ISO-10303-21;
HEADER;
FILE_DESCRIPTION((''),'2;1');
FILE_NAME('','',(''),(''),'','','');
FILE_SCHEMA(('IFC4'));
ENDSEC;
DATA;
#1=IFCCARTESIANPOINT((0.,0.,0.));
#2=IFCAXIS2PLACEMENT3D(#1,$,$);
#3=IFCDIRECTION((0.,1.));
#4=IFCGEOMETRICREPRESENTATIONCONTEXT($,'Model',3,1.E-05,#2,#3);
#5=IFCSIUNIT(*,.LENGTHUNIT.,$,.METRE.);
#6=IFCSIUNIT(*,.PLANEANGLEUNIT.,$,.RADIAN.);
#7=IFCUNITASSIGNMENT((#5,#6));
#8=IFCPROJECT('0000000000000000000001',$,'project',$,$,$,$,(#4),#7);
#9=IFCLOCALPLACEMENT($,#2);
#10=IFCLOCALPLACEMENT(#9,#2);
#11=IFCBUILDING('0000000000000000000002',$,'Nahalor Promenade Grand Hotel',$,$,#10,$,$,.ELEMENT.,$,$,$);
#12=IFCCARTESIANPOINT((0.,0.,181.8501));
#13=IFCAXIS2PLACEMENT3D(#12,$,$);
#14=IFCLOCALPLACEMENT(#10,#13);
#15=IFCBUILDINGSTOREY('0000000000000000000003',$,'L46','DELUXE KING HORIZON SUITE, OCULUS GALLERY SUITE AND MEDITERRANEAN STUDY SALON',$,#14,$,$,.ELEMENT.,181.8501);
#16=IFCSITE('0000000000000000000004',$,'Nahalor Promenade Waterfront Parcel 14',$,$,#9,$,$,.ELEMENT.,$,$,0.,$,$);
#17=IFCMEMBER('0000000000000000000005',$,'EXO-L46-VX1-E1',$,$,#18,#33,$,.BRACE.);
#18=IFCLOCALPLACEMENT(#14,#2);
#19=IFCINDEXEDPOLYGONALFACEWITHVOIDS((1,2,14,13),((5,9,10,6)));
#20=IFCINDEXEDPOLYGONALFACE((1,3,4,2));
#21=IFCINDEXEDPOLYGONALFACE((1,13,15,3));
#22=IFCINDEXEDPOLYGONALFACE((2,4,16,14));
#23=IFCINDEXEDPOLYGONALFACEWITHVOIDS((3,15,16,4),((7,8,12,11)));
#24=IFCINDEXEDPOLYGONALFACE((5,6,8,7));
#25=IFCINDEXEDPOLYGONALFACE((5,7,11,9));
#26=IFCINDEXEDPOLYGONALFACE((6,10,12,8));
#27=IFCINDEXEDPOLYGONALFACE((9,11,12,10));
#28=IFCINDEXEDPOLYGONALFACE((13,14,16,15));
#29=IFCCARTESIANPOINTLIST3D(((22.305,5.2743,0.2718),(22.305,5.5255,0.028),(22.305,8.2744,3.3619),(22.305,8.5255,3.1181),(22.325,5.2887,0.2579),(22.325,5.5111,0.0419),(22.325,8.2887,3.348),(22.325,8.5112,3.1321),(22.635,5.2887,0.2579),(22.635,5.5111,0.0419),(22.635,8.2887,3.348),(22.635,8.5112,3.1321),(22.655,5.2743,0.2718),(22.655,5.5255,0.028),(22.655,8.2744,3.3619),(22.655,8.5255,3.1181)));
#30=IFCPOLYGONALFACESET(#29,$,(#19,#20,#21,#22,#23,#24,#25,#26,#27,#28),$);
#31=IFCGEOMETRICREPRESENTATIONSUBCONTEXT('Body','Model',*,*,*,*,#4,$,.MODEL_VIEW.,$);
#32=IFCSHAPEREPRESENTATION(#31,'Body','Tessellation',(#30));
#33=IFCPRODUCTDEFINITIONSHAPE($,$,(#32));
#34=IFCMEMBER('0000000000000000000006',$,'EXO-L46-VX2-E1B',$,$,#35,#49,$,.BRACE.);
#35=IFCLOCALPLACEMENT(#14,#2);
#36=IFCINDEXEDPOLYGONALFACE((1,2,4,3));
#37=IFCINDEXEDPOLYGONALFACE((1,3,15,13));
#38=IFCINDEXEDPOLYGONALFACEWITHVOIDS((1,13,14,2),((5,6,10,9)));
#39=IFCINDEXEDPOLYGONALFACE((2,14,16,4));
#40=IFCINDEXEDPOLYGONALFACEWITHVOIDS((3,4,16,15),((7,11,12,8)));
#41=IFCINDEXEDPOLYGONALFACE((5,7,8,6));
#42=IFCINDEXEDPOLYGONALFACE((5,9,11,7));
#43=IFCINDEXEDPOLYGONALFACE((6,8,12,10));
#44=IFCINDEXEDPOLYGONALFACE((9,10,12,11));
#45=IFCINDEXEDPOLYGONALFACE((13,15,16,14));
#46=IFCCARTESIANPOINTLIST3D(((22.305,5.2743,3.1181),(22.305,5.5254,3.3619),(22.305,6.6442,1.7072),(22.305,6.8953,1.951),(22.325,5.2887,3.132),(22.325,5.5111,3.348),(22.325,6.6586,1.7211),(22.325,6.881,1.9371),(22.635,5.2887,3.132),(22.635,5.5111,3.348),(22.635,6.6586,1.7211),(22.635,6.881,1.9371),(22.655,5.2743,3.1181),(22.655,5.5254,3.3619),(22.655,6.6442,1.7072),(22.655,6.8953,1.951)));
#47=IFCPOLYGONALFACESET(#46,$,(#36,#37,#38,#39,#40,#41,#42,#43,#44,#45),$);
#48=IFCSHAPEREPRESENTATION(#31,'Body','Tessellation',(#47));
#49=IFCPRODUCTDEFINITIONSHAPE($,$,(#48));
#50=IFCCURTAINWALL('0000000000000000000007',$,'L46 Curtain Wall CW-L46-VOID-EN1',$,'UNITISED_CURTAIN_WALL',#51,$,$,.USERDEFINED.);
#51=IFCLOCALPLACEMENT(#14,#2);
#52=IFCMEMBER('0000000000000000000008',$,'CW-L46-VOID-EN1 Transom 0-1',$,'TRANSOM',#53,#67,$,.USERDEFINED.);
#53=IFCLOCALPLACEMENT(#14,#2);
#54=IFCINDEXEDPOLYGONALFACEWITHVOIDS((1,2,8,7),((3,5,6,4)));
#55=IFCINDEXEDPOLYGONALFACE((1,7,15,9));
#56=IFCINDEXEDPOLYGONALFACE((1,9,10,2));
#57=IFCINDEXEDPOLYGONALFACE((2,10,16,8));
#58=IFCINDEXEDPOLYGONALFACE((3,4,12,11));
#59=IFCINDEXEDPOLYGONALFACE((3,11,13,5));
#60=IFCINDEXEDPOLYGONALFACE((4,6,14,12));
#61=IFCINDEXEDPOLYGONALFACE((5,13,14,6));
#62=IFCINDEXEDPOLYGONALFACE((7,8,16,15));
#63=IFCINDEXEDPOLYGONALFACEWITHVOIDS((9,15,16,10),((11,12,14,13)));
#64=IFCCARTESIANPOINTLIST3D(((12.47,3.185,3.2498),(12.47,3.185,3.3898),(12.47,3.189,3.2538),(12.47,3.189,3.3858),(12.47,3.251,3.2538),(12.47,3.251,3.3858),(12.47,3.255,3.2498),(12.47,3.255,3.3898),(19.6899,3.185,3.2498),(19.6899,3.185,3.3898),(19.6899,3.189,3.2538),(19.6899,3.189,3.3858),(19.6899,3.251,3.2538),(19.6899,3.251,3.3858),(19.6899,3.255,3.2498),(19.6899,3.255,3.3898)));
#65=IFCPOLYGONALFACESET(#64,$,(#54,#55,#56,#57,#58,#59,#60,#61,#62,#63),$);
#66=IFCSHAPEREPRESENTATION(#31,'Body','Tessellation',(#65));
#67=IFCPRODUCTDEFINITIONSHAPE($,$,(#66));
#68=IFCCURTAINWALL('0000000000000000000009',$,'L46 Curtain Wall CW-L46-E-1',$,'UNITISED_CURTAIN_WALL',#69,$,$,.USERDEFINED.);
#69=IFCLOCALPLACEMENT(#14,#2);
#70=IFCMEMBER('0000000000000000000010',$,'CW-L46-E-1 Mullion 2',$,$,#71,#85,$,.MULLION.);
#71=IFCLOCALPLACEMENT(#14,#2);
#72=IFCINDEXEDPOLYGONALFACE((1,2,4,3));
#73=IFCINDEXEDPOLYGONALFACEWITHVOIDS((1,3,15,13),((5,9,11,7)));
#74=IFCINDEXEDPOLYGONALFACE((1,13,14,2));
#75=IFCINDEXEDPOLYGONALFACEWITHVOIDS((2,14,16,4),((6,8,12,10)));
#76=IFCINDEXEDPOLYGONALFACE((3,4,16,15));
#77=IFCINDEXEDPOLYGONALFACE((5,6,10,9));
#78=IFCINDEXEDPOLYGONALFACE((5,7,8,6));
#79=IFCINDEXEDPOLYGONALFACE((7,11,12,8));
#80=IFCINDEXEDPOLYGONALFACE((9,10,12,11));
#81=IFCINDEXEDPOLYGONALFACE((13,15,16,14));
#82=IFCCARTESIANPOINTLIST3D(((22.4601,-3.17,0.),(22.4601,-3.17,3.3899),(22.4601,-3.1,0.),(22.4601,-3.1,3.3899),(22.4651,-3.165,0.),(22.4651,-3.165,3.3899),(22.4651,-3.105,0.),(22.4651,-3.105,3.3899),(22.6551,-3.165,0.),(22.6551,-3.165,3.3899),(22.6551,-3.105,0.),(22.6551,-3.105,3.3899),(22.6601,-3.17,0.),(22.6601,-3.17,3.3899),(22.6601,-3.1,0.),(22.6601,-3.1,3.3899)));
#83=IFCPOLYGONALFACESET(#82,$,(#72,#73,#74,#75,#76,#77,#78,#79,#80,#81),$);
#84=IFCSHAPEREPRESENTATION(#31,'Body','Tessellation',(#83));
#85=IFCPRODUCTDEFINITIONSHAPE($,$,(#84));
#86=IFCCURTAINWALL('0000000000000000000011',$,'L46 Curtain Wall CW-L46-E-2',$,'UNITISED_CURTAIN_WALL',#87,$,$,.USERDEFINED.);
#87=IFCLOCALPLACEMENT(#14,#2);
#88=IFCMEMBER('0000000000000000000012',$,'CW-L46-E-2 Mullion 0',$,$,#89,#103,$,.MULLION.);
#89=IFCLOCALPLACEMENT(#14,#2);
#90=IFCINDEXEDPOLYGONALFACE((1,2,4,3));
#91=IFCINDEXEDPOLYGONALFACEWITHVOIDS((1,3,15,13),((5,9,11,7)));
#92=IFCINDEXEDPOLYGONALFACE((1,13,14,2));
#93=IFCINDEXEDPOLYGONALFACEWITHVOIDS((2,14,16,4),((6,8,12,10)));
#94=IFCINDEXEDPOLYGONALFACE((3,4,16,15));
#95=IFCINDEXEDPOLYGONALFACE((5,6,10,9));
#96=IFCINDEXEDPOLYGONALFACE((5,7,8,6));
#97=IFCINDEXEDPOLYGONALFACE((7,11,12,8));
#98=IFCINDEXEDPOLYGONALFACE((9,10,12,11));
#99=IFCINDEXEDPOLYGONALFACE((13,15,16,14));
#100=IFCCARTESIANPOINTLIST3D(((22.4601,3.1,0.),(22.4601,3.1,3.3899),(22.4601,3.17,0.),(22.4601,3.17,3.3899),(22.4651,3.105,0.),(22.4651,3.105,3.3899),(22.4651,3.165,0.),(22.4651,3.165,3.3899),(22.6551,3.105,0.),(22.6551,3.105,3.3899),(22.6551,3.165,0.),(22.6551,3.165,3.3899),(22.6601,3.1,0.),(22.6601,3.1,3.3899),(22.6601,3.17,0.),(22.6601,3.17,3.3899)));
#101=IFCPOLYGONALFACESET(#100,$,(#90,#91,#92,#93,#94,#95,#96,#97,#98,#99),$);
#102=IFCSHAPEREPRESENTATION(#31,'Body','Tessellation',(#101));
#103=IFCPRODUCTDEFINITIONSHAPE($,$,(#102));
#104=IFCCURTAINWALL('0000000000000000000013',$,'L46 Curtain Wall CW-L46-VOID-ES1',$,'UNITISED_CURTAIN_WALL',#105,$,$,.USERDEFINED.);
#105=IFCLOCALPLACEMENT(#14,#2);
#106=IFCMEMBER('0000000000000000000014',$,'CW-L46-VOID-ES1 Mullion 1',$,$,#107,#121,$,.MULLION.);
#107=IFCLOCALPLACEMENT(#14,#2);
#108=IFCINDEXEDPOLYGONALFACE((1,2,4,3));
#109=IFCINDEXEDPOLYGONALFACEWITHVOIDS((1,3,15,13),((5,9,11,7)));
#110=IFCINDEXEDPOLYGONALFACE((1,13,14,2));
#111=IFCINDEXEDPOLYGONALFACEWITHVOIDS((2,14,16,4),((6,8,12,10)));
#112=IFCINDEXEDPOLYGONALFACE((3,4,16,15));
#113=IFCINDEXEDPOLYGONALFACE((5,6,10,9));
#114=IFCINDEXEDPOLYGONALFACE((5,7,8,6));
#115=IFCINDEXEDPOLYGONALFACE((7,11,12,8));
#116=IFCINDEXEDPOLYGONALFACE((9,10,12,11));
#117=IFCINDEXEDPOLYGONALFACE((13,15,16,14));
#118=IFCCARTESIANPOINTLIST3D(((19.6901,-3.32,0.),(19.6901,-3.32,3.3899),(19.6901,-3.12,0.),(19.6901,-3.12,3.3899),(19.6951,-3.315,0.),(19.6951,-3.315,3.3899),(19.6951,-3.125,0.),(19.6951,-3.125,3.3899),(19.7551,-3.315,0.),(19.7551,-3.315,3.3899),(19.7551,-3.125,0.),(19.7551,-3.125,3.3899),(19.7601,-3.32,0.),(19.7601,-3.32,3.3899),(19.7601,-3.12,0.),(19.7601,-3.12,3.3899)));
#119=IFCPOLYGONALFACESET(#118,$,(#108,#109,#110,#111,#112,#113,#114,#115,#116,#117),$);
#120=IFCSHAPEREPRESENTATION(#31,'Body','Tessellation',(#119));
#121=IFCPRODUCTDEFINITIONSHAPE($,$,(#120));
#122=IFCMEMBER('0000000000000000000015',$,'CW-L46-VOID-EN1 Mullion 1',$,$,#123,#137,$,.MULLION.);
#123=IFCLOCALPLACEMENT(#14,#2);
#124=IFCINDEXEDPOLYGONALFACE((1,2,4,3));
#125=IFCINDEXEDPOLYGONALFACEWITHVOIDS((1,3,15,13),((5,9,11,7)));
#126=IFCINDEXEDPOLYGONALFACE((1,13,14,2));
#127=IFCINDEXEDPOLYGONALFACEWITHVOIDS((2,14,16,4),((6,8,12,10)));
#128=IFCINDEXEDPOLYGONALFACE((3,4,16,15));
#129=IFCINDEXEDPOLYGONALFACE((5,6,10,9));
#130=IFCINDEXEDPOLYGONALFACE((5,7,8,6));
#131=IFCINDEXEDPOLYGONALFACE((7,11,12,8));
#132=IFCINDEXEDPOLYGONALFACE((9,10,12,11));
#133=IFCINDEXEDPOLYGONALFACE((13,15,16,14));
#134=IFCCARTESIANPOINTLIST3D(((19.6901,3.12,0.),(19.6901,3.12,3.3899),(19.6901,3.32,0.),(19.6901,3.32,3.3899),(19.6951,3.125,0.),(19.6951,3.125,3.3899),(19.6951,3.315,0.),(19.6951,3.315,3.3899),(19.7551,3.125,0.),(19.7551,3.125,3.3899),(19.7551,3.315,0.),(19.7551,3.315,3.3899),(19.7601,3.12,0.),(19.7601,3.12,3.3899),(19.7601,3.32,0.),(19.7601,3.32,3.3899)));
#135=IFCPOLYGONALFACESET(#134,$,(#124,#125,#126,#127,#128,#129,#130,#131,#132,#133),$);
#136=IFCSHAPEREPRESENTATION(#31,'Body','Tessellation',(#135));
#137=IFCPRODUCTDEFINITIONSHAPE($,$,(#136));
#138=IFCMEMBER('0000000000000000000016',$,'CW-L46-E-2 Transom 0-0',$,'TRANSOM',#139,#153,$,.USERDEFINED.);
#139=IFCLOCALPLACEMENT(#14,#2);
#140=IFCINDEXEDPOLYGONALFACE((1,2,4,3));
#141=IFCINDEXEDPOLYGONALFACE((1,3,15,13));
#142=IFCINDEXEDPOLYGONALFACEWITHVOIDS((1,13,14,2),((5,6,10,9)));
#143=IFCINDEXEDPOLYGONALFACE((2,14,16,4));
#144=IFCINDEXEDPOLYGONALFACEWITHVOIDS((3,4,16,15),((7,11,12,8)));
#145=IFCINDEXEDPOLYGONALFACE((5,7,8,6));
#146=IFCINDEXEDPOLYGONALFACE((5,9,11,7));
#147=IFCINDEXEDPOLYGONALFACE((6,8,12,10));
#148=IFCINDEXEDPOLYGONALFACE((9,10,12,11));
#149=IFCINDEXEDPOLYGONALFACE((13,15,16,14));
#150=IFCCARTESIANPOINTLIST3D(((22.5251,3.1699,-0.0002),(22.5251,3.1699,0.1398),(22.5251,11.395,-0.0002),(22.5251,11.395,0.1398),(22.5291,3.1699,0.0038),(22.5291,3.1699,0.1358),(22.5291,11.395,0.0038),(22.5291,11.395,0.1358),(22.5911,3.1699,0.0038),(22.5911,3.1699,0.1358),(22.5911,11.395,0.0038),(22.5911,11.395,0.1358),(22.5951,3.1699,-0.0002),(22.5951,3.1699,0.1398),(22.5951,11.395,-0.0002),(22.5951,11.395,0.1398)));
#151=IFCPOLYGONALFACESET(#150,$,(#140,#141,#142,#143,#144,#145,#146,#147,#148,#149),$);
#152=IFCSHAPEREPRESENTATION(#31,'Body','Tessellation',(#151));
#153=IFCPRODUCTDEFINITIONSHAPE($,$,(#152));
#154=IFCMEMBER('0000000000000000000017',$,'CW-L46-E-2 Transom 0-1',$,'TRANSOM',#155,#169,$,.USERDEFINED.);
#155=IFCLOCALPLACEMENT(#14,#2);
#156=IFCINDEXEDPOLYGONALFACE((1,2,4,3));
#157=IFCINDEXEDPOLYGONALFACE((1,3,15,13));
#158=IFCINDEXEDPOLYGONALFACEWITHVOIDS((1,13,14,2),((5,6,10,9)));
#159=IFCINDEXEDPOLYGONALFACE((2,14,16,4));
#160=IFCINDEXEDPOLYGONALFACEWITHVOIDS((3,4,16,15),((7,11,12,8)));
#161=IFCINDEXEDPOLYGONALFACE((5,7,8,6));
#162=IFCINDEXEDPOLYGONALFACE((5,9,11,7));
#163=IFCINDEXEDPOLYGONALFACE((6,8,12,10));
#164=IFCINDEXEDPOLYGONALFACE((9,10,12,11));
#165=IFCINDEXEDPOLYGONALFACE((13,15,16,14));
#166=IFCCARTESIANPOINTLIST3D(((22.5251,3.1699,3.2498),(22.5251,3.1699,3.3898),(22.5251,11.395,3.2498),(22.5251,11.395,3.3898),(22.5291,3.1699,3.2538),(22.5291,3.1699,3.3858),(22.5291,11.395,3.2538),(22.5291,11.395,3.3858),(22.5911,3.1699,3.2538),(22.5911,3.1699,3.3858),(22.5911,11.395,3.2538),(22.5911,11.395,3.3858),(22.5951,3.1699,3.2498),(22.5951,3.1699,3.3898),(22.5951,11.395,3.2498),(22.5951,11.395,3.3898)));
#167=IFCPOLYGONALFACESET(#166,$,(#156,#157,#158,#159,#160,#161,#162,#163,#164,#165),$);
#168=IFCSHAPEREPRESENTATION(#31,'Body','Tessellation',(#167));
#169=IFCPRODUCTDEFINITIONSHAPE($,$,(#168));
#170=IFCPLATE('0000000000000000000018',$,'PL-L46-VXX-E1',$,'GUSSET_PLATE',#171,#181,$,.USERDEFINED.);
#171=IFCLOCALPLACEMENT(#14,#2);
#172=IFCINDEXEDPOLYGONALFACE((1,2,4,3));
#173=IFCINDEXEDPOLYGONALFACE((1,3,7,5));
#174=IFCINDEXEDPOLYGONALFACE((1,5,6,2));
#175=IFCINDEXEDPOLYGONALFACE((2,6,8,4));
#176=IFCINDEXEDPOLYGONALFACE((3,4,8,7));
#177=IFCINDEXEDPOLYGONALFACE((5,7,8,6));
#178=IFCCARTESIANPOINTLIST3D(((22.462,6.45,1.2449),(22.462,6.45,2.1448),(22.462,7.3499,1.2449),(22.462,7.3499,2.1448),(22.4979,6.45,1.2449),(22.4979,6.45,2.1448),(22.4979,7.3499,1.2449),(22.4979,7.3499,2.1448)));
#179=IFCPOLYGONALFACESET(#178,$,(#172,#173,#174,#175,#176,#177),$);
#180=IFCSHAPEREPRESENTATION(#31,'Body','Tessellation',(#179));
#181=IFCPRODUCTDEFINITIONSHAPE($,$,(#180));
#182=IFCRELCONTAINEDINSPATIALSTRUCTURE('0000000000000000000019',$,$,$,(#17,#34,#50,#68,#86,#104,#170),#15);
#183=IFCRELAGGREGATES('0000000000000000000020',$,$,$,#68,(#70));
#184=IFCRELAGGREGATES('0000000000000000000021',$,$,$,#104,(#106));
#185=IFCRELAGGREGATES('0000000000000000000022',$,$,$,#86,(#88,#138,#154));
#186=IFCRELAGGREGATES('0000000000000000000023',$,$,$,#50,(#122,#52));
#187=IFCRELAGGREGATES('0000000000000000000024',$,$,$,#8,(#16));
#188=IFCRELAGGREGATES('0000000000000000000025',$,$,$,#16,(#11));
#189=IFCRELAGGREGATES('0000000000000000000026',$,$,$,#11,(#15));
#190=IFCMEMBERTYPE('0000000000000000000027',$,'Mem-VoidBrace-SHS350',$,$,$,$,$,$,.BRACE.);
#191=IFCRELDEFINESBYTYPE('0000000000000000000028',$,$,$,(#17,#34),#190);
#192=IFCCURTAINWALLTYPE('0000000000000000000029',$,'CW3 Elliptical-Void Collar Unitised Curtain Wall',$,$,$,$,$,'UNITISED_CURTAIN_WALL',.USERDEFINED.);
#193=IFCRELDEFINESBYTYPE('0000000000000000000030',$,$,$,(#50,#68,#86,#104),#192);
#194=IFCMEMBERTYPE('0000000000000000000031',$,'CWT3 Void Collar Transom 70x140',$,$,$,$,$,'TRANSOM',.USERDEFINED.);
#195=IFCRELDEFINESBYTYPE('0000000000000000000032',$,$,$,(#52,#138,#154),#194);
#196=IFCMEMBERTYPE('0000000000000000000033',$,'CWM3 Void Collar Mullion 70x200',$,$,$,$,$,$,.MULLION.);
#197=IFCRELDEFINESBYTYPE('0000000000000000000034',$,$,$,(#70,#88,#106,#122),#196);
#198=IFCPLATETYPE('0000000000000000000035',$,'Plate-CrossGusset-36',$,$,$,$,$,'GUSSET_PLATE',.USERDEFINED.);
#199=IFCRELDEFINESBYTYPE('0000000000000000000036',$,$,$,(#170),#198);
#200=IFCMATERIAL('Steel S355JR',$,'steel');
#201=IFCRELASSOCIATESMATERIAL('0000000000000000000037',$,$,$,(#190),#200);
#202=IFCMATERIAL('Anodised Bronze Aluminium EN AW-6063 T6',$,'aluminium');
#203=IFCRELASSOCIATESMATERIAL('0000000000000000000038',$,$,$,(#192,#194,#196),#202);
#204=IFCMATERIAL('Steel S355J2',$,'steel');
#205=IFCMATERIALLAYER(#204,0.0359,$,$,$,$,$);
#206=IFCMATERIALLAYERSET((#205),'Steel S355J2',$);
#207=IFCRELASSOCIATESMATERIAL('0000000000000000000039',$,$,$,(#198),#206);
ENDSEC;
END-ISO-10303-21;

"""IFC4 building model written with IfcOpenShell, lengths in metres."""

from ifc_helpers import new_model, si_unit, direction, frame, origin, origin_2d, place, context, subcontext, project, spatial, rectangle, hollow_rectangle, extrude, source, transform, mapped, material, layer, layer_set, material_profile, profile_set, type_object, element, aggregate, save


model = new_model("IFC4")

# Units and contexts
model_context = context("Model", 3, precision=1e-05, world=origin(), true_north=direction((0.0, 1.0)))
body_context = subcontext(model_context, "Body", "Model", "MODEL_VIEW")
ifc_project = project(units=[si_unit("LENGTHUNIT", "METRE"), si_unit("PLANEANGLEUNIT", "RADIAN")], contexts=[model_context])

# Site, building, storey
site_placement = place(None, origin())
site = spatial("IfcSite", under=ifc_project, at=site_placement, Name="Nahalor Promenade Waterfront Parcel 14", CompositionType="ELEMENT", RefElevation=0.0)
building_placement = place(site_placement, origin())
building = spatial("IfcBuilding", under=site, at=building_placement, Name="Nahalor Promenade Grand Hotel", CompositionType="ELEMENT")
storey_placement = place(building_placement, frame((0.0, 0.0, 181.8501)))
storey = spatial("IfcBuildingStorey", under=building, at=storey_placement, Name="L46", Description="DELUXE KING HORIZON SUITE, OCULUS GALLERY SUITE AND MEDITERRANEAN STUDY SALON", CompositionType="ELEMENT", Elevation=181.8501)

# Shared definitions
ifc_material_1 = material(Name="Steel S355J2", Category="steel")

# Shared definitions
ifc_material_2 = material(Name="Steel S355JR", Category="steel")

# Members
ifc_material_profile_1 = material_profile(ifc_material_2, hollow_rectangle(XDim=0.35, YDim=0.35, WallThickness=0.02, at=origin_2d()), Name="SHS 350x350x20")
ifc_profile_set_1 = profile_set([ifc_material_profile_1], Name="Steel S355JR")
member_type_1 = type_object("IfcMemberType", Name="Mem-VoidBrace-SHS350", PredefinedType="BRACE", material=ifc_profile_set_1)
shared_shape_1 = source(origin(), body_context, "Body", "SweptSolid", [
    extrude(hollow_rectangle(XDim=0.35, YDim=0.35, WallThickness=0.02, at=origin_2d()), origin(), (0.0, 0.0, 1.0), 4.3069),
])
member_1_placement = place(storey_placement, frame((22.48, 5.3999, 0.1499), z_axis=(0.0, 0.696571, 0.717488), x_axis=(-1.0, 0.0, 0.0)))
element("IfcMember", 1, at=member_1_placement, inside=storey, type_object=member_type_1, Name="EXO-L46-VX1-E1", PredefinedType="BRACE", context=body_context, shape_type="MappedRepresentation", body=[
    mapped(shared_shape_1, transform((0.0, 0.0, 0.0), scale=1.0)),
])
shared_shape_2 = source(origin(), body_context, "Body", "SweptSolid", [
    extrude(hollow_rectangle(XDim=0.35, YDim=0.35, WallThickness=0.02, at=origin_2d()), origin(), (0.0, 0.0, 1.0), 1.9666),
])
member_2_placement = place(storey_placement, frame((22.48, 6.7698, 1.8291), z_axis=(0.0, -0.696601, 0.717458), x_axis=(1.0, 0.0, 0.0)))
element("IfcMember", 2, at=member_2_placement, inside=storey, type_object=member_type_1, Name="EXO-L46-VX2-E1B", PredefinedType="BRACE", context=body_context, shape_type="MappedRepresentation", body=[
    mapped(shared_shape_2, transform((0.0, 0.0, 0.0), scale=1.0)),
])

# Curtain walls, members
ifc_material_3 = material(Name="Anodised Bronze Aluminium EN AW-6063 T6", Category="aluminium")
curtain_wall_type = type_object("IfcCurtainWallType", Name="CW3 Elliptical-Void Collar Unitised Curtain Wall", ElementType="UNITISED_CURTAIN_WALL", PredefinedType="USERDEFINED", material=ifc_material_3)
curtain_wall_1_placement = place(storey_placement, origin())
curtain_wall_1 = element("IfcCurtainWall", 3, at=curtain_wall_1_placement, inside=storey, type_object=curtain_wall_type, Name="L46 Curtain Wall CW-L46-VOID-EN1", ObjectType="UNITISED_CURTAIN_WALL", PredefinedType="USERDEFINED")
ifc_material_profile_2 = material_profile(ifc_material_3, hollow_rectangle(XDim=0.07, YDim=0.14, WallThickness=0.004, at=origin_2d()), Name="CWT 70x140x4")
ifc_profile_set_2 = profile_set([ifc_material_profile_2], Name="Anodised Bronze Aluminium EN AW-6063 T6")
member_type_2 = type_object("IfcMemberType", Name="CWT3 Void Collar Transom 70x140", ElementType="TRANSOM", PredefinedType="USERDEFINED", material=ifc_profile_set_2)
shared_shape_3 = source(origin(), body_context, "Body", "SweptSolid", [
    extrude(hollow_rectangle(XDim=0.07, YDim=0.14, WallThickness=0.004, at=origin_2d()), origin(), (0.0, 0.0, 1.0), 7.22),
])
member_3_placement = place(storey_placement, frame((12.47, 3.22, 3.3198), z_axis=(1.0, 0.0, 0.0), x_axis=(0.0, 1.0, 0.0)))
member_3 = element("IfcMember", 4, at=member_3_placement, type_object=member_type_2, Name="CW-L46-VOID-EN1 Transom 0-1", ObjectType="TRANSOM", PredefinedType="USERDEFINED", context=body_context, shape_type="MappedRepresentation", body=[
    mapped(shared_shape_3, transform((0.0, 0.0, 0.0), scale=1.0)),
])
curtain_wall_2_placement = place(storey_placement, origin())
curtain_wall_2 = element("IfcCurtainWall", 5, at=curtain_wall_2_placement, inside=storey, type_object=curtain_wall_type, Name="L46 Curtain Wall CW-L46-E-1", ObjectType="UNITISED_CURTAIN_WALL", PredefinedType="USERDEFINED")
ifc_material_profile_3 = material_profile(ifc_material_3, hollow_rectangle(XDim=0.07, YDim=0.2, WallThickness=0.005, at=origin_2d()), Name="CWM 70x200x5")
ifc_profile_set_3 = profile_set([ifc_material_profile_3], Name="Anodised Bronze Aluminium EN AW-6063 T6")
member_type_3 = type_object("IfcMemberType", Name="CWM3 Void Collar Mullion 70x200", PredefinedType="MULLION", material=ifc_profile_set_3)
shared_shape_4 = source(origin(), body_context, "Body", "SweptSolid", [
    extrude(hollow_rectangle(XDim=0.07, YDim=0.2, WallThickness=0.005, at=origin_2d()), origin(), (0.0, 0.0, 1.0), 3.3899),
])
member_4_placement = place(storey_placement, frame((22.5601, -3.135, 0.0), z_axis=(0.0, 0.0, 1.0), x_axis=(0.0, 1.0, 0.0)))
member_4 = element("IfcMember", 6, at=member_4_placement, type_object=member_type_3, Name="CW-L46-E-1 Mullion 2", PredefinedType="MULLION", context=body_context, shape_type="MappedRepresentation", body=[
    mapped(shared_shape_4, transform((0.0, 0.0, 0.0), scale=1.0)),
])
aggregate(curtain_wall_2, [member_4])
curtain_wall_3_placement = place(storey_placement, origin())
curtain_wall_3 = element("IfcCurtainWall", 7, at=curtain_wall_3_placement, inside=storey, type_object=curtain_wall_type, Name="L46 Curtain Wall CW-L46-E-2", ObjectType="UNITISED_CURTAIN_WALL", PredefinedType="USERDEFINED")
member_5_placement = place(storey_placement, frame((22.5601, 3.135, 0.0), z_axis=(0.0, 0.0, 1.0), x_axis=(0.0, 1.0, 0.0)))
member_5 = element("IfcMember", 8, at=member_5_placement, type_object=member_type_3, Name="CW-L46-E-2 Mullion 0", PredefinedType="MULLION", context=body_context, shape_type="MappedRepresentation", body=[
    mapped(shared_shape_4, transform((0.0, 0.0, 0.0), scale=1.0)),
])
curtain_wall_4_placement = place(storey_placement, origin())
curtain_wall_4 = element("IfcCurtainWall", 9, at=curtain_wall_4_placement, inside=storey, type_object=curtain_wall_type, Name="L46 Curtain Wall CW-L46-VOID-ES1", ObjectType="UNITISED_CURTAIN_WALL", PredefinedType="USERDEFINED")
member_6_placement = place(storey_placement, frame((19.7251, -3.22, 0.0), z_axis=(0.0, 0.0, 1.0), x_axis=(1.0, 0.0, 0.0)))
member_6 = element("IfcMember", 10, at=member_6_placement, type_object=member_type_3, Name="CW-L46-VOID-ES1 Mullion 1", PredefinedType="MULLION", context=body_context, shape_type="MappedRepresentation", body=[
    mapped(shared_shape_4, transform((0.0, 0.0, 0.0), scale=1.0)),
])
aggregate(curtain_wall_4, [member_6])

# Members
member_7_placement = place(storey_placement, frame((19.7251, 3.22, 0.0), z_axis=(0.0, 0.0, 1.0), x_axis=(1.0, 0.0, 0.0)))
member_7 = element("IfcMember", 11, at=member_7_placement, type_object=member_type_3, Name="CW-L46-VOID-EN1 Mullion 1", PredefinedType="MULLION", context=body_context, shape_type="MappedRepresentation", body=[
    mapped(shared_shape_4, transform((0.0, 0.0, 0.0), scale=1.0)),
])
shared_shape_5 = source(origin(), body_context, "Body", "SweptSolid", [
    extrude(hollow_rectangle(XDim=0.07, YDim=0.14, WallThickness=0.004, at=origin_2d()), origin(), (0.0, 0.0, 1.0), 8.2251),
])
member_8_placement = place(storey_placement, frame((22.5601, 3.1699, 0.0698), z_axis=(0.0, 1.0, 0.0), x_axis=(-1.0, 0.0, 0.0)))
member_8 = element("IfcMember", 12, at=member_8_placement, type_object=member_type_2, Name="CW-L46-E-2 Transom 0-0", ObjectType="TRANSOM", PredefinedType="USERDEFINED", context=body_context, shape_type="MappedRepresentation", body=[
    mapped(shared_shape_5, transform((0.0, 0.0, 0.0), scale=1.0)),
])
member_9_placement = place(storey_placement, frame((22.5601, 3.1699, 3.3198), z_axis=(0.0, 1.0, 0.0), x_axis=(-1.0, 0.0, 0.0)))
member_9 = element("IfcMember", 13, at=member_9_placement, type_object=member_type_2, Name="CW-L46-E-2 Transom 0-1", ObjectType="TRANSOM", PredefinedType="USERDEFINED", context=body_context, shape_type="MappedRepresentation", body=[
    mapped(shared_shape_5, transform((0.0, 0.0, 0.0), scale=1.0)),
])

# Plate
aggregate(curtain_wall_3, [member_5, member_8, member_9])
ifc_layer_1 = layer(ifc_material_1, 0.0359)
ifc_layer_set_1 = layer_set([ifc_layer_1], Name="Steel S355J2")
plate_type_1 = type_object("IfcPlateType", Name="Plate-CrossGusset-36", ElementType="GUSSET_PLATE", PredefinedType="USERDEFINED", material=ifc_layer_set_1)
shared_shape_6 = source(origin(), body_context, "Body", "SweptSolid", [
    extrude(rectangle(XDim=0.8999, YDim=0.0359, at=origin_2d()), origin(), (0.0, 0.0, 1.0), 0.8999),
])
plate_1_placement = place(storey_placement, frame((22.48, 6.8999, 1.2449), z_axis=(0.0, 0.0, 1.0), x_axis=(0.0, 1.0, 0.0)))
element("IfcPlate", 14, at=plate_1_placement, inside=storey, type_object=plate_type_1, Name="PL-L46-VXX-E1", ObjectType="GUSSET_PLATE", PredefinedType="USERDEFINED", context=body_context, shape_type="MappedRepresentation", body=[
    mapped(shared_shape_6, transform((0.0, 0.0, 0.0), scale=1.0)),
])
aggregate(curtain_wall_1, [member_7, member_3])

save(model, "model.ifc")
